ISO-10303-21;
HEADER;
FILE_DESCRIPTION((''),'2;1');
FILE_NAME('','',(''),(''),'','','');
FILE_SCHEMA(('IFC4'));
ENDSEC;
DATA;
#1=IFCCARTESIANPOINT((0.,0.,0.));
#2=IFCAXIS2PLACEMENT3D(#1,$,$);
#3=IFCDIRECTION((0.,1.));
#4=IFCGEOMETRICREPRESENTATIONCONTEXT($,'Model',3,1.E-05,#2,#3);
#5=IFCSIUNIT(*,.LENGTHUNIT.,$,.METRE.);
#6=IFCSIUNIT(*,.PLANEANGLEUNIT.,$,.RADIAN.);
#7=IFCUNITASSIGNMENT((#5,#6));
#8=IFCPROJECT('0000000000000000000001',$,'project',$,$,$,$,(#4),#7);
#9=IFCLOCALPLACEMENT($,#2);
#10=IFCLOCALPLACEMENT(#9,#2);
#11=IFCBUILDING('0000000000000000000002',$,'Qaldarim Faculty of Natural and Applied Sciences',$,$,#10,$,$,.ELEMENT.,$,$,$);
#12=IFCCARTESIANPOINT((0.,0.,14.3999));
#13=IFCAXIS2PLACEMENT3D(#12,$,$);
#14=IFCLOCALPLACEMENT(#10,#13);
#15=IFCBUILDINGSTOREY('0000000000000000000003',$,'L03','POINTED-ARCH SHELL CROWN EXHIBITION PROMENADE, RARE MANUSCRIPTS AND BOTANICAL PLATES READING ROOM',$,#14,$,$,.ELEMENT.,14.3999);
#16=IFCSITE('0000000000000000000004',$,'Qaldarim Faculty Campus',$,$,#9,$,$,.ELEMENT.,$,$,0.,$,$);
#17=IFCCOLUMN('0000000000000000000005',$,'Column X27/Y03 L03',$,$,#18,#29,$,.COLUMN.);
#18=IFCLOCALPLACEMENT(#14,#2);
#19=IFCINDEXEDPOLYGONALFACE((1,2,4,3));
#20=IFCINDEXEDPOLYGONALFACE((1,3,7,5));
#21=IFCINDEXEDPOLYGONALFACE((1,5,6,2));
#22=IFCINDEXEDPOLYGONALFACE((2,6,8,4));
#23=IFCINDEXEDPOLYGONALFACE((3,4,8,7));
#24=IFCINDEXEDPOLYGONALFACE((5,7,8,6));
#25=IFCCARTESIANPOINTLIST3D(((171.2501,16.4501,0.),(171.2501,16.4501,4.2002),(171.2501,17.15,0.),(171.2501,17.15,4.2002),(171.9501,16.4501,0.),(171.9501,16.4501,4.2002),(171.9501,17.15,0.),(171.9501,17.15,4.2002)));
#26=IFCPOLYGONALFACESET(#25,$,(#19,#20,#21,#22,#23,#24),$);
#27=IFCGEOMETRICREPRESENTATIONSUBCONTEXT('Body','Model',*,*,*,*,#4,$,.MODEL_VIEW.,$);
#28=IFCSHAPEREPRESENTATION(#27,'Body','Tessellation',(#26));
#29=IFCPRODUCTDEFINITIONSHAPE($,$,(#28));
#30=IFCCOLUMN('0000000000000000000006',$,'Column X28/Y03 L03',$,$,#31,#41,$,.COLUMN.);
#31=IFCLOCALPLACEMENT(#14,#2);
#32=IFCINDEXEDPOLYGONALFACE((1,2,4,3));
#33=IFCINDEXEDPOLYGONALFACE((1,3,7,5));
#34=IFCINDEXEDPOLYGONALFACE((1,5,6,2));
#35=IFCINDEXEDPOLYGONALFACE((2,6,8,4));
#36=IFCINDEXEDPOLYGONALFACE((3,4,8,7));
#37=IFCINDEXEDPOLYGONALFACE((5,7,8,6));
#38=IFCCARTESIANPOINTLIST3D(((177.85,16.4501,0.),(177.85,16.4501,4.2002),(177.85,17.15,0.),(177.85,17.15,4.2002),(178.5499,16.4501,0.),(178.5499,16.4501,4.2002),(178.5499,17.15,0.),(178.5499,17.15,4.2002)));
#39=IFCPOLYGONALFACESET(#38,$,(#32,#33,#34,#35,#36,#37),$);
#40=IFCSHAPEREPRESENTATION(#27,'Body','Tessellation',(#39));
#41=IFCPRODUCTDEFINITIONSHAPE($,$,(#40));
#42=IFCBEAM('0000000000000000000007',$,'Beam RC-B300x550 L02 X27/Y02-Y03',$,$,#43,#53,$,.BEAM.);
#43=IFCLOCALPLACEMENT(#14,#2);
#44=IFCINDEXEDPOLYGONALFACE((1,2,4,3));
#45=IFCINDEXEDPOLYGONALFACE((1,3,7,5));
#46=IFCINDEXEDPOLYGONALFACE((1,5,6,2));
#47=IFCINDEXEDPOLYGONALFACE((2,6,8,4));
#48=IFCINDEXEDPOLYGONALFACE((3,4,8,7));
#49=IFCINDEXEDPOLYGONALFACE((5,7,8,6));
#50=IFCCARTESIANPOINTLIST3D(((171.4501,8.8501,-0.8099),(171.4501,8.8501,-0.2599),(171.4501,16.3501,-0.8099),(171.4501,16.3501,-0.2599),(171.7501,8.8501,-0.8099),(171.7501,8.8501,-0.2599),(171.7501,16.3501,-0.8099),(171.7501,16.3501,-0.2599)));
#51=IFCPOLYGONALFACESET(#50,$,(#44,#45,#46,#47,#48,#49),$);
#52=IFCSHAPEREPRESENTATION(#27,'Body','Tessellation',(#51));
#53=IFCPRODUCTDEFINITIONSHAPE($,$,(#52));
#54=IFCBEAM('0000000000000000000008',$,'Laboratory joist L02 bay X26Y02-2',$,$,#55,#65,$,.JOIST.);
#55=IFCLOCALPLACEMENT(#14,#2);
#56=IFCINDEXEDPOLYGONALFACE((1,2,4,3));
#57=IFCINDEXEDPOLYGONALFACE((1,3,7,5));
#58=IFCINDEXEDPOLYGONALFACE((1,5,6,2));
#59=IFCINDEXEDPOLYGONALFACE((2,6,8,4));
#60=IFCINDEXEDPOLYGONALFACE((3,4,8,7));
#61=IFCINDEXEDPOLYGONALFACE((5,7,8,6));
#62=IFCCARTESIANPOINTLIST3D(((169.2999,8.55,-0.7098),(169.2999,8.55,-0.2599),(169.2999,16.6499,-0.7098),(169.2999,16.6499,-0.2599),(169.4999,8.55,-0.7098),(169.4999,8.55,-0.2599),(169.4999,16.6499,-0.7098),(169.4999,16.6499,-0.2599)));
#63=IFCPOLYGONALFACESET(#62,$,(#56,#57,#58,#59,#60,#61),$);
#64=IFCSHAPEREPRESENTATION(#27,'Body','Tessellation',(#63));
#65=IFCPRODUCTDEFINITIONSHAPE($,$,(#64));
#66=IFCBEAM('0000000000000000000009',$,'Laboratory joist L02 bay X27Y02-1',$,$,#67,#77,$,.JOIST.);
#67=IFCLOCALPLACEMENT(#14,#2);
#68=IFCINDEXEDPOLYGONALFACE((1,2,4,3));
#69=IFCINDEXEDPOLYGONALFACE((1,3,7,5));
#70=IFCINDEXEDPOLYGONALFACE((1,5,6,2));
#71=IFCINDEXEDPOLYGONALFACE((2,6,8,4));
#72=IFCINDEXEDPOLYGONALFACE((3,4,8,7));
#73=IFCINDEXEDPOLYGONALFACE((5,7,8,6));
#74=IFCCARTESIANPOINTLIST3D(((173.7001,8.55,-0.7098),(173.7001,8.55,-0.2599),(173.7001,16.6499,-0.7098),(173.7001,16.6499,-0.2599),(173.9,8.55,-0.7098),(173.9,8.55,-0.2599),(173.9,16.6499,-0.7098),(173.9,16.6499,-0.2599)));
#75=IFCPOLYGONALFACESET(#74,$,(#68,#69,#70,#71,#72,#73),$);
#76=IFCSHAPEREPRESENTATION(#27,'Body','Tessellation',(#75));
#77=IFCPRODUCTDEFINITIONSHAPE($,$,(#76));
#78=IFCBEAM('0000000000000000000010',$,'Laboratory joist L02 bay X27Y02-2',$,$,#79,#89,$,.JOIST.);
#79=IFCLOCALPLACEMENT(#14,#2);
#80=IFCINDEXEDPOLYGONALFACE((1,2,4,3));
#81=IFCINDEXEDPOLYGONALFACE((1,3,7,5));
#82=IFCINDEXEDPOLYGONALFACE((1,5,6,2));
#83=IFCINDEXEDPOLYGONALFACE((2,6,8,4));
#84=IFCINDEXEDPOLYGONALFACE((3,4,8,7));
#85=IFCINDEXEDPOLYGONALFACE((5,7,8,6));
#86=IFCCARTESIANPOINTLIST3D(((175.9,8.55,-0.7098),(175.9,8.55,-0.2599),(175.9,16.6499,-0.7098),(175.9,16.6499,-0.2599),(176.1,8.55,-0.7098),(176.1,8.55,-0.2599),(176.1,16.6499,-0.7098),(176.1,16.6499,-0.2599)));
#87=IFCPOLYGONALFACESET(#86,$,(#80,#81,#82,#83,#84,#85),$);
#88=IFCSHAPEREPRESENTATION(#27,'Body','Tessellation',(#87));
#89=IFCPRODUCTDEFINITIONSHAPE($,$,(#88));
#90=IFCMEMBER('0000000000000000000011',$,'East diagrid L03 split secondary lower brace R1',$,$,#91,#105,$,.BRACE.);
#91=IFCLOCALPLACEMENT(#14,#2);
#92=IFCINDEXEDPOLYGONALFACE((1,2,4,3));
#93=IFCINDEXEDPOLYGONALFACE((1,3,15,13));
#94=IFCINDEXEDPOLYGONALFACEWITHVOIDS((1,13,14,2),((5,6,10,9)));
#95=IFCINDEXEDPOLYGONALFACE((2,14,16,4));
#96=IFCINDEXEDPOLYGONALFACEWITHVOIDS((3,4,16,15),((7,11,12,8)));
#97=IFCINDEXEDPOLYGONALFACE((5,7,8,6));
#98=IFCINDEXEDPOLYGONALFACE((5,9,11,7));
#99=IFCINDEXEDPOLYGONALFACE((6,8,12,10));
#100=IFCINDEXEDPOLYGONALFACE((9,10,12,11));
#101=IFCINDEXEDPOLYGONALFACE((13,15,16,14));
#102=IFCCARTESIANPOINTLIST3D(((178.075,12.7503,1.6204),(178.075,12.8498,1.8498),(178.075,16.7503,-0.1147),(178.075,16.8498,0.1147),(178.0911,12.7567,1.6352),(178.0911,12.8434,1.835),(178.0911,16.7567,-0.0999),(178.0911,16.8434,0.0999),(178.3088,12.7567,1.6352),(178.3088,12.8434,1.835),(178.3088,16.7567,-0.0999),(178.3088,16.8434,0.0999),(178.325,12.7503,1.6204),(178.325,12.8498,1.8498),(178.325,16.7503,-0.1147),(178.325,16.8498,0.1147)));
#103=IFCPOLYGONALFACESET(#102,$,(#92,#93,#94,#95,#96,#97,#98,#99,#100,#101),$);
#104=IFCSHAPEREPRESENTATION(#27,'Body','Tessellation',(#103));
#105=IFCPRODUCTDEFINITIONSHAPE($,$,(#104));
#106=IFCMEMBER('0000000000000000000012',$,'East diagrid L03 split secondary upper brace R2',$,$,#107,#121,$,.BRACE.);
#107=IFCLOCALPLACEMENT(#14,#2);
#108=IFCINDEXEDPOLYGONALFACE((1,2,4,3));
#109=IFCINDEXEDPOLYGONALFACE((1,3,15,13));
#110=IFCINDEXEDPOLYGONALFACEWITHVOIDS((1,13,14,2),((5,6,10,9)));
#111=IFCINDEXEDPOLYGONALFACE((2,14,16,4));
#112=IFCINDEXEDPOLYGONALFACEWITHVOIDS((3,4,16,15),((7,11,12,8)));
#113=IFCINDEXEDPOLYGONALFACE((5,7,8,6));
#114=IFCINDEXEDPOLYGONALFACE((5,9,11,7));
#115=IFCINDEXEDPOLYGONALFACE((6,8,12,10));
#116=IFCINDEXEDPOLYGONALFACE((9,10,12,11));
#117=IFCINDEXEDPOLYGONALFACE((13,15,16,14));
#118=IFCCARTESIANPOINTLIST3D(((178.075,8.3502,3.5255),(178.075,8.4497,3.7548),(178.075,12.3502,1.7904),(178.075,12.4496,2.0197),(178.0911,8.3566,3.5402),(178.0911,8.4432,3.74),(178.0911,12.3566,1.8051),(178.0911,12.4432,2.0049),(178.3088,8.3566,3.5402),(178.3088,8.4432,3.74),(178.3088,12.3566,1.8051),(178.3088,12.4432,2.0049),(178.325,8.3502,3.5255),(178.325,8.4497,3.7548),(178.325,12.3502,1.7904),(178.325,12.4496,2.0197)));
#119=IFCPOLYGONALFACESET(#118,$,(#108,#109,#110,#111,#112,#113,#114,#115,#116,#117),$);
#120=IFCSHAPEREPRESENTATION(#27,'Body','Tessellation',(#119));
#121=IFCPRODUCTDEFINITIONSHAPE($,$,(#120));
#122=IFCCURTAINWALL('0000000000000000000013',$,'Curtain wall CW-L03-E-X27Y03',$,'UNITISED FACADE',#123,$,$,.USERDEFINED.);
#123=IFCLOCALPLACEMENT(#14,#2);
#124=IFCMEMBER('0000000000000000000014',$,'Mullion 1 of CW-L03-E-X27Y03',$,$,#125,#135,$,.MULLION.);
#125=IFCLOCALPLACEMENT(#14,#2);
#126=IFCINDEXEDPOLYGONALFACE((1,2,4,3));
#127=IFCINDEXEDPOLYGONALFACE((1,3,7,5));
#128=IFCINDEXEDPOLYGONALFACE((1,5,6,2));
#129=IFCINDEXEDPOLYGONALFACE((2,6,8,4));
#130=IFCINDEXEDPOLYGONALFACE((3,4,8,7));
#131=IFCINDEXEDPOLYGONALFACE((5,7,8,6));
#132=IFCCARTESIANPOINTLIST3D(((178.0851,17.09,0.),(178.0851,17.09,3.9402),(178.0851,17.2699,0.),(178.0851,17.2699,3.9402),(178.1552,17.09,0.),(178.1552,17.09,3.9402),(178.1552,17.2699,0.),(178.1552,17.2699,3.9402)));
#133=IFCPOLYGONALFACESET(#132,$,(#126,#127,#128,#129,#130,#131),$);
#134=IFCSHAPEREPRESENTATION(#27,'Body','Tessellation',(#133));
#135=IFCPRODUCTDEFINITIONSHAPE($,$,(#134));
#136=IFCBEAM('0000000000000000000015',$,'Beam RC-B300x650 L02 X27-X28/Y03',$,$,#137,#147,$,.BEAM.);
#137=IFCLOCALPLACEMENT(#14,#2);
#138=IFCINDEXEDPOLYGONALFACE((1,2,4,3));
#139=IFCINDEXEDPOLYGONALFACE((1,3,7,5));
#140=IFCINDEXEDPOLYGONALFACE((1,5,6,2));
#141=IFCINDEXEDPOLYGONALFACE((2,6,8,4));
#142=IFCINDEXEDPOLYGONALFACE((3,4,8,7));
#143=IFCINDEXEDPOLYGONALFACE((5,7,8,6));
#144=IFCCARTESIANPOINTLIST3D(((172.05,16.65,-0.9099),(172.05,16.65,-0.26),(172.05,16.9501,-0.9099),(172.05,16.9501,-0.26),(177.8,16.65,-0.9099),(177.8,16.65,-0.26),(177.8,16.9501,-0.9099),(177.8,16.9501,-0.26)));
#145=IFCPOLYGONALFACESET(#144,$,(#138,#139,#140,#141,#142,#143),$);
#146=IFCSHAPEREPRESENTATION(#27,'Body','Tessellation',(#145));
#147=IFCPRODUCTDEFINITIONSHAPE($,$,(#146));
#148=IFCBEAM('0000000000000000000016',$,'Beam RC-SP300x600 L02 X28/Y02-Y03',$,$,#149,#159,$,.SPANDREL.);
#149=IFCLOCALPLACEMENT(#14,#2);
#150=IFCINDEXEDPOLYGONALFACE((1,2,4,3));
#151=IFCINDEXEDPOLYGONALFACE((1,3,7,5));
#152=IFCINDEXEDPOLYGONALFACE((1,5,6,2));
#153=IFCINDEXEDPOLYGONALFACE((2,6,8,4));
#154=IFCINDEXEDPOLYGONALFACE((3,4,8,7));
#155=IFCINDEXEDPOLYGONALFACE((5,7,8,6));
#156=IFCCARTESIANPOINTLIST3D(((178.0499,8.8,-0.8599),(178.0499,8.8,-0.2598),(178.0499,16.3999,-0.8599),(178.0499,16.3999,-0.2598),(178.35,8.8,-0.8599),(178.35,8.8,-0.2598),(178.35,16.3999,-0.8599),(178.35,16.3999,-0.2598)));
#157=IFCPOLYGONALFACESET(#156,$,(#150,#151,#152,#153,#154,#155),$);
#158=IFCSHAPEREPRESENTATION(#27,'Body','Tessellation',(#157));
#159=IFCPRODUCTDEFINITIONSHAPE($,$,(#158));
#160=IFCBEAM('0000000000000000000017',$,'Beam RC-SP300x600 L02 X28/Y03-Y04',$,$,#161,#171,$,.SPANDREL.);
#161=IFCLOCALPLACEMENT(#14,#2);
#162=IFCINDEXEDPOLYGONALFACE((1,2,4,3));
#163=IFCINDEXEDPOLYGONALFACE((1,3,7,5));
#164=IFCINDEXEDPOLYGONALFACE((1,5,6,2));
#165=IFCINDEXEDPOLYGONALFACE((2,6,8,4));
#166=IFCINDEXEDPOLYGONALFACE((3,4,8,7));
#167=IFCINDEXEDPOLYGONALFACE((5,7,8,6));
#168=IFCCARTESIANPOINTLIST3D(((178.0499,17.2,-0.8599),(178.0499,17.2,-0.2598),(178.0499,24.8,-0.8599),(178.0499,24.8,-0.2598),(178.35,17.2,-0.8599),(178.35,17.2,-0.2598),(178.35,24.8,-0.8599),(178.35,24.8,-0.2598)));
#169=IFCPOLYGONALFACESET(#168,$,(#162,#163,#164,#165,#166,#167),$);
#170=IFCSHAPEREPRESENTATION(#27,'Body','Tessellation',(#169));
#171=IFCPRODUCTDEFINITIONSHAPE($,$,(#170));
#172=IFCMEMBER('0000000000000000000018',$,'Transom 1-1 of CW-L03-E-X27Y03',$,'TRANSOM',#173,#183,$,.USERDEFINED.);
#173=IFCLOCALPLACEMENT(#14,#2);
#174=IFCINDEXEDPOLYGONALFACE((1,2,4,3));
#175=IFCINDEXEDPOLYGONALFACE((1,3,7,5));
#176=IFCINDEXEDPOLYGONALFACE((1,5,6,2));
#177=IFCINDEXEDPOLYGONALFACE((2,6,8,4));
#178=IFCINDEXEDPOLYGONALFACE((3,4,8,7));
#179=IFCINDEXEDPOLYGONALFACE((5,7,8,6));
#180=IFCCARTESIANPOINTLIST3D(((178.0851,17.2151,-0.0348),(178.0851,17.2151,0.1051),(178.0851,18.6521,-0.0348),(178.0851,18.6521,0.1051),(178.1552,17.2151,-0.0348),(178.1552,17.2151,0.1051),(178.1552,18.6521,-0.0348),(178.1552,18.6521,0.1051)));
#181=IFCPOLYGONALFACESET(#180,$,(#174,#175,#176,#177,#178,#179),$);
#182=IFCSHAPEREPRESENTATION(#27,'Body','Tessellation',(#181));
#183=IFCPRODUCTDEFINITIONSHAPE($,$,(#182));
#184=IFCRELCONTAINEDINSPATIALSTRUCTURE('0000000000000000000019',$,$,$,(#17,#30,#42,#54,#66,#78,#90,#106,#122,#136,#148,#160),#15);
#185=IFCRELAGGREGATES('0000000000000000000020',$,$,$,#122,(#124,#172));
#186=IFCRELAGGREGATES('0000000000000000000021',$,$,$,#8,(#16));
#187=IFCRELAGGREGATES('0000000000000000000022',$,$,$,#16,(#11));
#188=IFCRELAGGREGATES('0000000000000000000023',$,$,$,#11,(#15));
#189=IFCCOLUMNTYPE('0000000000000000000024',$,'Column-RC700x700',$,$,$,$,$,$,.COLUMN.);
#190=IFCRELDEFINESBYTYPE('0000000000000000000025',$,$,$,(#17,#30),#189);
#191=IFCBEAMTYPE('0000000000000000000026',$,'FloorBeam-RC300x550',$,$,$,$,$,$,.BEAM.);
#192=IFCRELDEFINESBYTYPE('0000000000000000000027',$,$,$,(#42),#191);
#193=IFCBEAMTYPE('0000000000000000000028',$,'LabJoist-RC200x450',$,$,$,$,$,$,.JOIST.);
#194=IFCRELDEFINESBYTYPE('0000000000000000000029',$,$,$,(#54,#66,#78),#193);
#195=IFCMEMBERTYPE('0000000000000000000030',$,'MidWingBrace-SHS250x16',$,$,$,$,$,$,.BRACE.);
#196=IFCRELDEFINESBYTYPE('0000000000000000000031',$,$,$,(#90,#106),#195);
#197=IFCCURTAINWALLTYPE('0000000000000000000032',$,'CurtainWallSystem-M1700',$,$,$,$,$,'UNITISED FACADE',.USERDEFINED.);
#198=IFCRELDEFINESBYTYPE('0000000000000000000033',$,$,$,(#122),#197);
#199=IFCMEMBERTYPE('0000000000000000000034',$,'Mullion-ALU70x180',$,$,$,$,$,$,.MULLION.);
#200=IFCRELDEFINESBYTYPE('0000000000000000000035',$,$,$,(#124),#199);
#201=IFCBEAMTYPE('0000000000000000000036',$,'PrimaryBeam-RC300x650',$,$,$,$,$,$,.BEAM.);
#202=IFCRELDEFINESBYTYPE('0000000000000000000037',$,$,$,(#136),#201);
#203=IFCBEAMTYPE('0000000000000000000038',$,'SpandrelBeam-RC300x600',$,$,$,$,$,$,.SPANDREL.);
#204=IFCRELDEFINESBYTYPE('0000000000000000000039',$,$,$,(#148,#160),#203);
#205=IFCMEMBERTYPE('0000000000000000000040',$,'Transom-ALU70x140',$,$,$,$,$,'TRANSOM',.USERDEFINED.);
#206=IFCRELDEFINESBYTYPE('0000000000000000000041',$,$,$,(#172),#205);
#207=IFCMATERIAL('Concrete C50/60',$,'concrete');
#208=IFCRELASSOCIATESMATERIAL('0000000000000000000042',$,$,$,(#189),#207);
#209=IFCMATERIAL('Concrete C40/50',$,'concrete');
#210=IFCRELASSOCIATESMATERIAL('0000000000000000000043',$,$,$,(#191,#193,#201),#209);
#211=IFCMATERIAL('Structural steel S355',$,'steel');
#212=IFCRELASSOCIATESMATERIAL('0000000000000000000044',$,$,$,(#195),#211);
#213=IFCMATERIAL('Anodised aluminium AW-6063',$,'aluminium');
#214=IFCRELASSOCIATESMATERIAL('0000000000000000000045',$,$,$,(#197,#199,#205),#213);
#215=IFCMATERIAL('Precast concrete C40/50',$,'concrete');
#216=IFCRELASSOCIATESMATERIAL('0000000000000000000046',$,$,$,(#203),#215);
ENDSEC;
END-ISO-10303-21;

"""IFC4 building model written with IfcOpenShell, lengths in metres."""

from ifc_helpers import new_model, si_unit, direction, frame, origin, origin_2d, place, context, subcontext, project, spatial, rectangle, hollow_rectangle, extrude, material, material_profile, profile_set, type_object, element, aggregate, save


model = new_model("IFC4")

# Units and contexts
model_context = context("Model", 3, precision=1e-05, world=origin(), true_north=direction((0.0, 1.0)))
body_context = subcontext(model_context, "Body", "Model", "MODEL_VIEW")
ifc_project = project(units=[si_unit("LENGTHUNIT", "METRE"), si_unit("PLANEANGLEUNIT", "RADIAN")], contexts=[model_context])

# Site, building, storey
site_placement = place(None, origin())
site = spatial("IfcSite", under=ifc_project, at=site_placement, Name="Qaldarim Faculty Campus", CompositionType="ELEMENT", RefElevation=0.0)
building_placement = place(site_placement, origin())
building = spatial("IfcBuilding", under=site, at=building_placement, Name="Qaldarim Faculty of Natural and Applied Sciences", CompositionType="ELEMENT")
storey_placement = place(building_placement, frame((0.0, 0.0, 14.3999)))
storey = spatial("IfcBuildingStorey", under=building, at=storey_placement, Name="L03", Description="POINTED-ARCH SHELL CROWN EXHIBITION PROMENADE, RARE MANUSCRIPTS AND BOTANICAL PLATES READING ROOM", CompositionType="ELEMENT", Elevation=14.3999)

# Columns
ifc_material_1 = material(Name="Concrete C50/60", Category="concrete")
ifc_material_profile_1 = material_profile(ifc_material_1, rectangle(XDim=0.7, YDim=0.7, at=origin_2d()), Name="RC-C700x700")
ifc_profile_set_1 = profile_set([ifc_material_profile_1], Name="Concrete C50/60")
column_type = type_object("IfcColumnType", Name="Column-RC700x700", PredefinedType="COLUMN", material=ifc_profile_set_1)
for number, where, z_axis, x_axis, name in (
    (1, (171.6001, 16.8, 0.0), (0.0, 0.0, 1.0), (1.0, 0.0, 0.0), "Column X27/Y03 L03"),
    (2, (178.2, 16.8, 0.0), (0.0, 0.0, 1.0), (1.0, 0.0, 0.0), "Column X28/Y03 L03"),
):
    element("IfcColumn", number, at=place(storey_placement, frame(where, z_axis=z_axis, x_axis=x_axis)), inside=storey, type_object=column_type, Name=name, PredefinedType="COLUMN", context=body_context, shape_type="SweptSolid", body=[
        extrude(rectangle(XDim=0.7, YDim=0.7, at=origin_2d()), origin(), (0.0, 0.0, 1.0), 4.2002),
    ])

# Beams
ifc_material_2 = material(Name="Concrete C40/50", Category="concrete")
ifc_material_profile_2 = material_profile(ifc_material_2, rectangle(XDim=0.3, YDim=0.55, at=origin_2d()), Name="RC-B300x550")
ifc_profile_set_2 = profile_set([ifc_material_profile_2], Name="Concrete C40/50")
beam_type_1 = type_object("IfcBeamType", Name="FloorBeam-RC300x550", PredefinedType="BEAM", material=ifc_profile_set_2)
beam_1_placement = place(storey_placement, frame((171.6001, 8.8501, -0.5349), z_axis=(0.0, 1.0, 0.0), x_axis=(-1.0, 0.0, 0.0)))
element("IfcBeam", 3, at=beam_1_placement, inside=storey, type_object=beam_type_1, Name="Beam RC-B300x550 L02 X27/Y02-Y03", PredefinedType="BEAM", context=body_context, shape_type="SweptSolid", body=[
    extrude(rectangle(XDim=0.3, YDim=0.55, at=origin_2d()), origin(), (0.0, 0.0, 1.0), 7.5),
])
ifc_material_profile_3 = material_profile(ifc_material_2, rectangle(XDim=0.2, YDim=0.45, at=origin_2d()), Name="RC-J200x450")
ifc_profile_set_3 = profile_set([ifc_material_profile_3], Name="Concrete C40/50")
beam_type_2 = type_object("IfcBeamType", Name="LabJoist-RC200x450", PredefinedType="JOIST", material=ifc_profile_set_3)
for number, where, z_axis, x_axis, name in (
    (4, (169.3999, 8.55, -0.4849), (0.0, 1.0, 0.0), (-1.0, 0.0, 0.0), "Laboratory joist L02 bay X26Y02-2"),
    (5, (173.8, 8.55, -0.4849), (0.0, 1.0, 0.0), (-1.0, 0.0, 0.0), "Laboratory joist L02 bay X27Y02-1"),
    (6, (176.0, 8.55, -0.4849), (0.0, 1.0, 0.0), (-1.0, 0.0, 0.0), "Laboratory joist L02 bay X27Y02-2"),
):
    element("IfcBeam", number, at=place(storey_placement, frame(where, z_axis=z_axis, x_axis=x_axis)), inside=storey, type_object=beam_type_2, Name=name, PredefinedType="JOIST", context=body_context, shape_type="SweptSolid", body=[
        extrude(rectangle(XDim=0.2, YDim=0.45, at=origin_2d()), origin(), (0.0, 0.0, 1.0), 8.0999),
    ])

# Members
ifc_material_3 = material(Name="Structural steel S355", Category="steel")
ifc_material_profile_4 = material_profile(ifc_material_3, hollow_rectangle(XDim=0.25, YDim=0.25, WallThickness=0.0161, at=origin_2d()), Name="SHS 250x250x16.0")
ifc_profile_set_4 = profile_set([ifc_material_profile_4], Name="Structural steel S355")
member_type_1 = type_object("IfcMemberType", Name="MidWingBrace-SHS250x16", PredefinedType="BRACE", material=ifc_profile_set_4)
for number, where, z_axis, x_axis, name in (
    (7, (178.2, 16.8, 0.0), (0.0, -0.917407, 0.39795), (1.0, 0.0, 0.0), "East diagrid L03 split secondary lower brace R1"),
    (8, (178.2, 12.3999, 1.905), (0.0, -0.917407, 0.39795), (1.0, 0.0, 0.0), "East diagrid L03 split secondary upper brace R2"),
):
    element("IfcMember", number, at=place(storey_placement, frame(where, z_axis=z_axis, x_axis=x_axis)), inside=storey, type_object=member_type_1, Name=name, PredefinedType="BRACE", context=body_context, shape_type="SweptSolid", body=[
        extrude(hollow_rectangle(XDim=0.25, YDim=0.25, WallThickness=0.0161, at=origin_2d()), origin(), (0.0, 0.0, 1.0), 4.3601),
    ])

# Curtain wall, member
ifc_material_4 = material(Name="Anodised aluminium AW-6063", Category="aluminium")
curtain_wall_type = type_object("IfcCurtainWallType", Name="CurtainWallSystem-M1700", ElementType="UNITISED FACADE", PredefinedType="USERDEFINED", material=ifc_material_4)
curtain_wall_placement = place(storey_placement, origin())
curtain_wall = element("IfcCurtainWall", 9, at=curtain_wall_placement, inside=storey, type_object=curtain_wall_type, Name="Curtain wall CW-L03-E-X27Y03", ObjectType="UNITISED FACADE", PredefinedType="USERDEFINED")
ifc_material_profile_5 = material_profile(ifc_material_4, rectangle(XDim=0.0701, YDim=0.1799, at=origin_2d()), Name="ALU-M70x180")
ifc_profile_set_5 = profile_set([ifc_material_profile_5], Name="Anodised aluminium AW-6063")
member_type_2 = type_object("IfcMemberType", Name="Mullion-ALU70x180", PredefinedType="MULLION", material=ifc_profile_set_5)
member_1_placement = place(storey_placement, frame((178.1201, 17.1799, 0.0), z_axis=(0.0, 0.0, 1.0), x_axis=(-1.0, 0.0, 0.0)))
member_1 = element("IfcMember", 10, at=member_1_placement, type_object=member_type_2, Name="Mullion 1 of CW-L03-E-X27Y03", PredefinedType="MULLION", context=body_context, shape_type="SweptSolid", body=[
    extrude(rectangle(XDim=0.0701, YDim=0.1799, at=origin_2d()), origin(), (0.0, 0.0, 1.0), 3.9402),
])

# Beams
ifc_material_profile_6 = material_profile(ifc_material_2, rectangle(XDim=0.3, YDim=0.6499, at=origin_2d()), Name="RC-B300x650")
ifc_profile_set_6 = profile_set([ifc_material_profile_6], Name="Concrete C40/50")
beam_type_3 = type_object("IfcBeamType", Name="PrimaryBeam-RC300x650", PredefinedType="BEAM", material=ifc_profile_set_6)
beam_2_placement = place(storey_placement, frame((172.05, 16.8, -0.585), z_axis=(1.0, 0.0, 0.0), x_axis=(0.0, 1.0, 0.0)))
element("IfcBeam", 11, at=beam_2_placement, inside=storey, type_object=beam_type_3, Name="Beam RC-B300x650 L02 X27-X28/Y03", PredefinedType="BEAM", context=body_context, shape_type="SweptSolid", body=[
    extrude(rectangle(XDim=0.3, YDim=0.6499, at=origin_2d()), origin(), (0.0, 0.0, 1.0), 5.75),
])
ifc_material_5 = material(Name="Precast concrete C40/50", Category="concrete")
ifc_material_profile_7 = material_profile(ifc_material_5, rectangle(XDim=0.3, YDim=0.6001, at=origin_2d()), Name="RC-SP300x600")
ifc_profile_set_7 = profile_set([ifc_material_profile_7], Name="Precast concrete C40/50")
beam_type_4 = type_object("IfcBeamType", Name="SpandrelBeam-RC300x600", PredefinedType="SPANDREL", material=ifc_profile_set_7)
beam_3_placement = place(storey_placement, frame((178.2, 8.8, -0.5598), z_axis=(0.0, 1.0, 0.0), x_axis=(-1.0, 0.0, 0.0)))
element("IfcBeam", 12, at=beam_3_placement, inside=storey, type_object=beam_type_4, Name="Beam RC-SP300x600 L02 X28/Y02-Y03", PredefinedType="SPANDREL", context=body_context, shape_type="SweptSolid", body=[
    extrude(rectangle(XDim=0.3, YDim=0.6001, at=origin_2d()), origin(), (0.0, 0.0, 1.0), 7.5999),
])
beam_4_placement = place(storey_placement, frame((178.2, 17.2, -0.5598), z_axis=(0.0, 1.0, 0.0), x_axis=(-1.0, 0.0, 0.0)))
element("IfcBeam", 13, at=beam_4_placement, inside=storey, type_object=beam_type_4, Name="Beam RC-SP300x600 L02 X28/Y03-Y04", PredefinedType="SPANDREL", context=body_context, shape_type="SweptSolid", body=[
    extrude(rectangle(XDim=0.3, YDim=0.6001, at=origin_2d()), origin(), (0.0, 0.0, 1.0), 7.6001),
])

# Member
ifc_material_profile_8 = material_profile(ifc_material_4, rectangle(XDim=0.0701, YDim=0.1399, at=origin_2d()), Name="ALU-T70x140")
ifc_profile_set_8 = profile_set([ifc_material_profile_8], Name="Anodised aluminium AW-6063")
member_type_3 = type_object("IfcMemberType", Name="Transom-ALU70x140", ElementType="TRANSOM", PredefinedType="USERDEFINED", material=ifc_profile_set_8)
member_2_placement = place(storey_placement, frame((178.1201, 17.2151, 0.0352), z_axis=(0.0, 1.0, 0.0), x_axis=(-1.0, 0.0, 0.0)))
member_2 = element("IfcMember", 14, at=member_2_placement, type_object=member_type_3, Name="Transom 1-1 of CW-L03-E-X27Y03", ObjectType="TRANSOM", PredefinedType="USERDEFINED", context=body_context, shape_type="SweptSolid", body=[
    extrude(rectangle(XDim=0.0701, YDim=0.1399, at=origin_2d()), origin(), (0.0, 0.0, 1.0), 1.437),
])
aggregate(curtain_wall, [member_1, member_2])

save(model, "model.ifc")
